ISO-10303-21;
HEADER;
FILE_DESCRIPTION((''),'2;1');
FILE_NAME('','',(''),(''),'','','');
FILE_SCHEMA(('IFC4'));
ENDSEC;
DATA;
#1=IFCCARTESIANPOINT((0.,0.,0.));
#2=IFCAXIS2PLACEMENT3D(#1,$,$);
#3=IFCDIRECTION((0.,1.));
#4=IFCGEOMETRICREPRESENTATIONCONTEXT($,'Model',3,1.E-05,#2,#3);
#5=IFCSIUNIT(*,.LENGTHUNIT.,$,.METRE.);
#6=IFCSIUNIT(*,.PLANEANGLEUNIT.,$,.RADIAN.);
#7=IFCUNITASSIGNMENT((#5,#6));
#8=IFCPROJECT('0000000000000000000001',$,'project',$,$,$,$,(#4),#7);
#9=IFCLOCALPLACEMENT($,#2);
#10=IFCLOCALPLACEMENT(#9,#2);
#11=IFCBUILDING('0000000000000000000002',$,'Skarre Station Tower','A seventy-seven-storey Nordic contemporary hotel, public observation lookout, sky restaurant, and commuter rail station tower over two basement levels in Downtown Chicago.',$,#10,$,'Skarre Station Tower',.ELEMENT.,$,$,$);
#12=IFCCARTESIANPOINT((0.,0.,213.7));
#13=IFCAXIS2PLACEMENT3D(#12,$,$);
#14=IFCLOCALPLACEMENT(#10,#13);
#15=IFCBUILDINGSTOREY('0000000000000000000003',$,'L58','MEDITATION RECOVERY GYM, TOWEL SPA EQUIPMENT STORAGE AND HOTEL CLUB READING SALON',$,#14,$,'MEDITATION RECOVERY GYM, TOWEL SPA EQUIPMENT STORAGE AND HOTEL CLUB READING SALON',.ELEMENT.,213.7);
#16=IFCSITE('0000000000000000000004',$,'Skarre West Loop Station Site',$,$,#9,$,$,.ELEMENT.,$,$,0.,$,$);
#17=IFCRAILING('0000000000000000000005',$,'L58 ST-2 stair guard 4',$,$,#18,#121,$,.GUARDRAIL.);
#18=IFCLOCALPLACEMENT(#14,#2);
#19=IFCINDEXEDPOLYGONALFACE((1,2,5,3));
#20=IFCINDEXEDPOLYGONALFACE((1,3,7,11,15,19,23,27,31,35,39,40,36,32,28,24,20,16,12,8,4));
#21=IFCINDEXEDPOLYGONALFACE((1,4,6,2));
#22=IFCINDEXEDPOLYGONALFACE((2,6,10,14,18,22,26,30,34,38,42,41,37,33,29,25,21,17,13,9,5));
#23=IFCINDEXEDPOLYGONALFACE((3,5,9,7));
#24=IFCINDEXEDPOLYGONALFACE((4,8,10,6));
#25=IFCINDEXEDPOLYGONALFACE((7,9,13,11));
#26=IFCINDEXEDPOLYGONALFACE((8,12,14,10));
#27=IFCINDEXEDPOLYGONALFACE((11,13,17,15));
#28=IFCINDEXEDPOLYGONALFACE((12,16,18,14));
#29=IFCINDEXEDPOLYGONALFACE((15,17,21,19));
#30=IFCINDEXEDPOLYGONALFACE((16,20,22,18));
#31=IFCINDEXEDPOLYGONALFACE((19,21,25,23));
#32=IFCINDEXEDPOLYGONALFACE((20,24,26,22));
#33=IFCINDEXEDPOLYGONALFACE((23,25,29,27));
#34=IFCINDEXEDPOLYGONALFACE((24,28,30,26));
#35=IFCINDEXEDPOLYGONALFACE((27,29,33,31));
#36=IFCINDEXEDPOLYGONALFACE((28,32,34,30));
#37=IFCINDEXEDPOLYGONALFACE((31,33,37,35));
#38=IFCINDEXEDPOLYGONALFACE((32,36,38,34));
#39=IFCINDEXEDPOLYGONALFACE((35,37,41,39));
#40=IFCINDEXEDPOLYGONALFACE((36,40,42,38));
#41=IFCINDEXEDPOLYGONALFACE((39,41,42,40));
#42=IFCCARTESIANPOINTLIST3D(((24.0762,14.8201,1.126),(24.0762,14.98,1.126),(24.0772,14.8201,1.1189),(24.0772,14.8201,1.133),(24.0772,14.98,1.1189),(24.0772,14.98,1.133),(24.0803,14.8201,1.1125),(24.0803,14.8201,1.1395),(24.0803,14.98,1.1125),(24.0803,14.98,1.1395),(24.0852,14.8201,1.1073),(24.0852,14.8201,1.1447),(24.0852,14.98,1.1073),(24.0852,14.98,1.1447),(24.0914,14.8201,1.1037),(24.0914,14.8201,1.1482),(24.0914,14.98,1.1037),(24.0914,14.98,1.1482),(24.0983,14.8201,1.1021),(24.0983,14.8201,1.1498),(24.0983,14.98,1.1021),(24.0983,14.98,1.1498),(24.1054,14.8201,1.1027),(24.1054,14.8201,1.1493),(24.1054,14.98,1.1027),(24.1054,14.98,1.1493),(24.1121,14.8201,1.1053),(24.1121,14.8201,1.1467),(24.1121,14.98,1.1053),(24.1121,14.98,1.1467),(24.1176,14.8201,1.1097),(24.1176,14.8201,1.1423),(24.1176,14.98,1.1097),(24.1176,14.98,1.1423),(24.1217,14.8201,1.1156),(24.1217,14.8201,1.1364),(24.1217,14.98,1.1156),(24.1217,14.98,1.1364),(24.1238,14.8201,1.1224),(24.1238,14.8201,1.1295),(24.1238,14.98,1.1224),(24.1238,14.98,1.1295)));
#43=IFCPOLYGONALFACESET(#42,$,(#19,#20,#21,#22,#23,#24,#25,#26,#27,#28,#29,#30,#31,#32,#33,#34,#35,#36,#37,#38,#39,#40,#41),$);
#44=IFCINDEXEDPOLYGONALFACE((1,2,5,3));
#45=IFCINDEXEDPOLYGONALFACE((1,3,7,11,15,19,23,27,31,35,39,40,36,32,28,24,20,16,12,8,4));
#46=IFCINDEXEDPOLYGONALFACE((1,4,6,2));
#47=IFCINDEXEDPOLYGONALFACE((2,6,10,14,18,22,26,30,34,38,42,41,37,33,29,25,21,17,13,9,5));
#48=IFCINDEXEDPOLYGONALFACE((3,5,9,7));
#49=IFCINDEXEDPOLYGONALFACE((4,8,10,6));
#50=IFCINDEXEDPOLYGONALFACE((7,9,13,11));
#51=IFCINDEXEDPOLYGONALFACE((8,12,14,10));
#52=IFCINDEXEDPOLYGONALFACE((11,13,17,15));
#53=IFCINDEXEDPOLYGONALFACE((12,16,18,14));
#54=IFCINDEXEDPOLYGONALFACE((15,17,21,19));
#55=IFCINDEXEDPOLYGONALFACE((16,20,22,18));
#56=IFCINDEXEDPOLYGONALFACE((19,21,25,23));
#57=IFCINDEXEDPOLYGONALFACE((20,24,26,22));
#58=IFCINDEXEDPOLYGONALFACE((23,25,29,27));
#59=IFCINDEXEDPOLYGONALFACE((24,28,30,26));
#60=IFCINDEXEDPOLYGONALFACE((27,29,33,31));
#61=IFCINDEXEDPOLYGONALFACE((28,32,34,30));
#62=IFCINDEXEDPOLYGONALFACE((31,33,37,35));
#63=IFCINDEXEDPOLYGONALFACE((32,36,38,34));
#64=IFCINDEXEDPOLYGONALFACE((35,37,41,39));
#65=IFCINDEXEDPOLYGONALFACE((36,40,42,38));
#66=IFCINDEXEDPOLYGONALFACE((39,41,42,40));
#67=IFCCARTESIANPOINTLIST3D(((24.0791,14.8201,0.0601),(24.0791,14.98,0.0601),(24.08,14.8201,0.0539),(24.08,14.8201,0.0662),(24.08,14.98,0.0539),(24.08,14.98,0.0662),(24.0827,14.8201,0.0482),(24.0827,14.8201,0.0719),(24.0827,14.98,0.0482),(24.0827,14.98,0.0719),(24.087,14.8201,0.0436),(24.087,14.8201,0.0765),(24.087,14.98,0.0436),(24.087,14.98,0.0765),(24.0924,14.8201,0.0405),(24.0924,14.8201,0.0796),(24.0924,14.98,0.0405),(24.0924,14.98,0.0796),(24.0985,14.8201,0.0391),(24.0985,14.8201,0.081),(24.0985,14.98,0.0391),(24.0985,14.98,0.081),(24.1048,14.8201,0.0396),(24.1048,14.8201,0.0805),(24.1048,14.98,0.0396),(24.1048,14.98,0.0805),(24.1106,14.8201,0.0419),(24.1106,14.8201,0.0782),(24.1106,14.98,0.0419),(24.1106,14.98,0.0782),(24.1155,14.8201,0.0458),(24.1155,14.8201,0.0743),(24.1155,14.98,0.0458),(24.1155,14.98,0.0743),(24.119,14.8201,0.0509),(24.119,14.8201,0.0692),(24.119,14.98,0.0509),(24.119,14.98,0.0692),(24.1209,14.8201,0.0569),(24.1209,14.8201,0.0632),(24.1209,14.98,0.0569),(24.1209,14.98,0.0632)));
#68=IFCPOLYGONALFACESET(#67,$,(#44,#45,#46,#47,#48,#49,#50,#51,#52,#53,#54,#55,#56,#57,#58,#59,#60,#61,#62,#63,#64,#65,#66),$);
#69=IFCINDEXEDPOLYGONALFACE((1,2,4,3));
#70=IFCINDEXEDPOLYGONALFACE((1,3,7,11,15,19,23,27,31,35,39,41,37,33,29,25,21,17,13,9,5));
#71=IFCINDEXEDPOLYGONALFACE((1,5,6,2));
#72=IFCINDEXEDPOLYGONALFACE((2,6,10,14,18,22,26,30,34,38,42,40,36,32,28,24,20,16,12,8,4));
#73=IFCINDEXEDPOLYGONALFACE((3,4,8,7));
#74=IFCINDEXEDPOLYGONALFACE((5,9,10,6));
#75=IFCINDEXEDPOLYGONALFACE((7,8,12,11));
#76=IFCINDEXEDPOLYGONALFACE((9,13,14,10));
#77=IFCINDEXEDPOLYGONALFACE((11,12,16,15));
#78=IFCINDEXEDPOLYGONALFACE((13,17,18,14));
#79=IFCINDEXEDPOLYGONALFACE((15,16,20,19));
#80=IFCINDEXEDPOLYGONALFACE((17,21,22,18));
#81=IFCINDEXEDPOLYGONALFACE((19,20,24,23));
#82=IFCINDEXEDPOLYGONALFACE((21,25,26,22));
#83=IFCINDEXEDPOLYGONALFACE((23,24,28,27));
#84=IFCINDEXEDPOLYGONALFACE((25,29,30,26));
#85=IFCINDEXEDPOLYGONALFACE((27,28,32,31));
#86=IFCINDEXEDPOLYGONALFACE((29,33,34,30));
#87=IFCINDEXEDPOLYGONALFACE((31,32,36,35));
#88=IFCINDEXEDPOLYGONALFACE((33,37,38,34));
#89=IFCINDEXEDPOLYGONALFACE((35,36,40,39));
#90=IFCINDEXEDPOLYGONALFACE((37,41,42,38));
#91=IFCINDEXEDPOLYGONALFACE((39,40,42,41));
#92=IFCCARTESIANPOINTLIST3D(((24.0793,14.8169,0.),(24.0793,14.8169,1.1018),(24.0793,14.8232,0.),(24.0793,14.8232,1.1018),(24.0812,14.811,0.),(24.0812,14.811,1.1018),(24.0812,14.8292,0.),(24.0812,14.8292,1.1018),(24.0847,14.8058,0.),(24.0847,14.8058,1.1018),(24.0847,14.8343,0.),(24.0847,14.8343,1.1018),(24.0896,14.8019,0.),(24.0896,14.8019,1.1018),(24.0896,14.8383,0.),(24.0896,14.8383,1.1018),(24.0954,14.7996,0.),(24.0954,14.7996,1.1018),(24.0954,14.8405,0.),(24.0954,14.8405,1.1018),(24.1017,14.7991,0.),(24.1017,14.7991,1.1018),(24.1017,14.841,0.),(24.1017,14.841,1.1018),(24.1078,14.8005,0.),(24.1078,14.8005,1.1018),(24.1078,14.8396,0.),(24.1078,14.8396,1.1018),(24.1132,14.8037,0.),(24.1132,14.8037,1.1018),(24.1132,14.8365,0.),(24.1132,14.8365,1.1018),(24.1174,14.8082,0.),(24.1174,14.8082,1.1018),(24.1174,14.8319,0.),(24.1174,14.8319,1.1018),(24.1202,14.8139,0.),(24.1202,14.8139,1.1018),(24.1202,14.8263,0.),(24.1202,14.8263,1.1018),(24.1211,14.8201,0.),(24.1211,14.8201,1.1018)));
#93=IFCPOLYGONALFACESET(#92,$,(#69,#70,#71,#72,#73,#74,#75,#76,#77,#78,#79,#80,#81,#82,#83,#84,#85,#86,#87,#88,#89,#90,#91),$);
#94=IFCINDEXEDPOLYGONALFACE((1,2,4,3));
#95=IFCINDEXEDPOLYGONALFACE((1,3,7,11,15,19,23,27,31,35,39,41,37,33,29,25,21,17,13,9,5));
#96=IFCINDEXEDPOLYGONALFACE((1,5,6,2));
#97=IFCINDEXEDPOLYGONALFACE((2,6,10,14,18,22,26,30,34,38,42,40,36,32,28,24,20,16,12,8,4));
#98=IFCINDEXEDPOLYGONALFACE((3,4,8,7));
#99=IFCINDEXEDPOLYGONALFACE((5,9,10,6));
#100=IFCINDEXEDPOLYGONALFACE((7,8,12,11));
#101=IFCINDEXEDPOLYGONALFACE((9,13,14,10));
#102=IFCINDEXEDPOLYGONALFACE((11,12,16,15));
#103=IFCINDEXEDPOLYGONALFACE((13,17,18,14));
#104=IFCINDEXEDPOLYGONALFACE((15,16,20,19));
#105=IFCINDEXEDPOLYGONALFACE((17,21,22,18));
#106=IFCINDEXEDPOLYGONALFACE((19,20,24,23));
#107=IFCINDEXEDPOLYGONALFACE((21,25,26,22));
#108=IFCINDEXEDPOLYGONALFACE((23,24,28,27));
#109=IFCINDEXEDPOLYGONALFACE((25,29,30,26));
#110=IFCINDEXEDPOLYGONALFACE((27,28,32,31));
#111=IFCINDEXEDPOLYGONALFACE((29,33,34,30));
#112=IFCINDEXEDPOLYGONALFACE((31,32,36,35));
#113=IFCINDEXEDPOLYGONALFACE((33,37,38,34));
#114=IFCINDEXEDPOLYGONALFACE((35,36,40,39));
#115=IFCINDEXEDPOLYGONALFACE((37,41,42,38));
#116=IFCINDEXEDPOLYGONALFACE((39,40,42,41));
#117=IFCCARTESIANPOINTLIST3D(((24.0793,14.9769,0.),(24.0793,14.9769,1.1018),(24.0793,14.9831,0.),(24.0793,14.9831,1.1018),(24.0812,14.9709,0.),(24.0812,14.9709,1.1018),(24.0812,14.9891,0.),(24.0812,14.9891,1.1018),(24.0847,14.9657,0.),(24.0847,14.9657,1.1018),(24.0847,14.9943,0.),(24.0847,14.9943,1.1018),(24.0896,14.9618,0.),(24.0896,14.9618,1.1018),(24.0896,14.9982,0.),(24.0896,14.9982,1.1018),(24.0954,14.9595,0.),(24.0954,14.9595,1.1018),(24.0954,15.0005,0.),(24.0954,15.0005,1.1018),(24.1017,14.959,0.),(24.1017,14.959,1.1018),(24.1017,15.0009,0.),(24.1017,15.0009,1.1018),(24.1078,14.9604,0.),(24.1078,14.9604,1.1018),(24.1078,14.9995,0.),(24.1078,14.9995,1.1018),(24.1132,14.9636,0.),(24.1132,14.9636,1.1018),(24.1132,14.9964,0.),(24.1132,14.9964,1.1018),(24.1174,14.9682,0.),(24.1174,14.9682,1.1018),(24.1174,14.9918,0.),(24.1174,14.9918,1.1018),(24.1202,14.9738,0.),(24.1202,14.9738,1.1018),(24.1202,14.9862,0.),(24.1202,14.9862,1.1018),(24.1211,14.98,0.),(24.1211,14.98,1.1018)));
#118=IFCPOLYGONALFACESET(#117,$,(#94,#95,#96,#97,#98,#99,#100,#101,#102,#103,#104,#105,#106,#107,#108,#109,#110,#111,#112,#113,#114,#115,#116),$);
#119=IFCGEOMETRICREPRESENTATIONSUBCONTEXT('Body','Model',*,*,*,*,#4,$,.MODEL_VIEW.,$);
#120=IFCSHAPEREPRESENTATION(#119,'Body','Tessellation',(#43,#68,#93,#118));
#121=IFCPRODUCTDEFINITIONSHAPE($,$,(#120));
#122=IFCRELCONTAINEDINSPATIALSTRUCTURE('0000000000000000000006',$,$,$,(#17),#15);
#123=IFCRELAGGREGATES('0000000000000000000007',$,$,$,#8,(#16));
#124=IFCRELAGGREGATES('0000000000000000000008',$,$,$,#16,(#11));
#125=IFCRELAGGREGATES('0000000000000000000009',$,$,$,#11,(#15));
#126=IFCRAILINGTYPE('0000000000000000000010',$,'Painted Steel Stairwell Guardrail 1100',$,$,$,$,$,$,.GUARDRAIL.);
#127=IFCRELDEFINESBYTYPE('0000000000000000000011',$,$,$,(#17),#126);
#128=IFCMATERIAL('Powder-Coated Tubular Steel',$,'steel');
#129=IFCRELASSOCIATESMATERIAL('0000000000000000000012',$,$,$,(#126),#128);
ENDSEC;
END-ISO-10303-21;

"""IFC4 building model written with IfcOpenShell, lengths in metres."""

from ifc_helpers import new_model, si_unit, direction, frame, origin, origin_2d, place, context, subcontext, project, spatial, circle, extrude, material, type_object, element, save


model = new_model("IFC4")

# Units and contexts
model_context = context("Model", 3, precision=1e-05, world=origin(), true_north=direction((0.0, 1.0)))
body_context = subcontext(model_context, "Body", "Model", "MODEL_VIEW")
ifc_project = project(units=[si_unit("LENGTHUNIT", "METRE"), si_unit("PLANEANGLEUNIT", "RADIAN")], contexts=[model_context])

# Site, building, storey
site_placement = place(None, origin())
site = spatial("IfcSite", under=ifc_project, at=site_placement, Name="Skarre West Loop Station Site", CompositionType="ELEMENT", RefElevation=0.0)
building_placement = place(site_placement, origin())
building = spatial("IfcBuilding", under=site, at=building_placement, Name="Skarre Station Tower", Description="A seventy-seven-storey Nordic contemporary hotel, public observation lookout, sky restaurant, and commuter rail station tower over two basement levels in Downtown Chicago.", LongName="Skarre Station Tower", CompositionType="ELEMENT")
storey_placement = place(building_placement, frame((0.0, 0.0, 213.7)))
storey = spatial("IfcBuildingStorey", under=building, at=storey_placement, Name="L58", Description="MEDITATION RECOVERY GYM, TOWEL SPA EQUIPMENT STORAGE AND HOTEL CLUB READING SALON", LongName="MEDITATION RECOVERY GYM, TOWEL SPA EQUIPMENT STORAGE AND HOTEL CLUB READING SALON", CompositionType="ELEMENT", Elevation=213.7)

# Railing
ifc_material_1 = material(Name="Powder-Coated Tubular Steel", Category="steel")
railing_type_1 = type_object("IfcRailingType", Name="Painted Steel Stairwell Guardrail 1100", PredefinedType="GUARDRAIL", material=ifc_material_1)
railing_1_placement = place(storey_placement, frame((24.1001, 14.8201, 0.0)))
element("IfcRailing", 1, at=railing_1_placement, inside=storey, type_object=railing_type_1, Name="L58 ST-2 stair guard 4", PredefinedType="GUARDRAIL", context=body_context, shape_type="SweptSolid", body=[
    extrude(circle(Radius=0.0239, at=origin_2d()), frame((0.0, 0.0, 1.126), z_axis=(0.0, 1.0, 0.0), x_axis=(-1.0, 0.0, 0.0)), (0.0, 0.0, 1.0), 0.1599),
    extrude(circle(Radius=0.021, at=origin_2d()), frame((0.0, 0.0, 0.0601), z_axis=(0.0, 1.0, 0.0), x_axis=(-1.0, 0.0, 0.0)), (0.0, 0.0, 1.0), 0.1599),
    extrude(circle(Radius=0.021, at=origin_2d()), origin(), (0.0, 0.0, 1.0), 1.1018),
    extrude(circle(Radius=0.021, at=origin_2d()), frame((0.0, 0.1599, 0.0)), (0.0, 0.0, 1.0), 1.1018),
])

save(model, "model.ifc")
